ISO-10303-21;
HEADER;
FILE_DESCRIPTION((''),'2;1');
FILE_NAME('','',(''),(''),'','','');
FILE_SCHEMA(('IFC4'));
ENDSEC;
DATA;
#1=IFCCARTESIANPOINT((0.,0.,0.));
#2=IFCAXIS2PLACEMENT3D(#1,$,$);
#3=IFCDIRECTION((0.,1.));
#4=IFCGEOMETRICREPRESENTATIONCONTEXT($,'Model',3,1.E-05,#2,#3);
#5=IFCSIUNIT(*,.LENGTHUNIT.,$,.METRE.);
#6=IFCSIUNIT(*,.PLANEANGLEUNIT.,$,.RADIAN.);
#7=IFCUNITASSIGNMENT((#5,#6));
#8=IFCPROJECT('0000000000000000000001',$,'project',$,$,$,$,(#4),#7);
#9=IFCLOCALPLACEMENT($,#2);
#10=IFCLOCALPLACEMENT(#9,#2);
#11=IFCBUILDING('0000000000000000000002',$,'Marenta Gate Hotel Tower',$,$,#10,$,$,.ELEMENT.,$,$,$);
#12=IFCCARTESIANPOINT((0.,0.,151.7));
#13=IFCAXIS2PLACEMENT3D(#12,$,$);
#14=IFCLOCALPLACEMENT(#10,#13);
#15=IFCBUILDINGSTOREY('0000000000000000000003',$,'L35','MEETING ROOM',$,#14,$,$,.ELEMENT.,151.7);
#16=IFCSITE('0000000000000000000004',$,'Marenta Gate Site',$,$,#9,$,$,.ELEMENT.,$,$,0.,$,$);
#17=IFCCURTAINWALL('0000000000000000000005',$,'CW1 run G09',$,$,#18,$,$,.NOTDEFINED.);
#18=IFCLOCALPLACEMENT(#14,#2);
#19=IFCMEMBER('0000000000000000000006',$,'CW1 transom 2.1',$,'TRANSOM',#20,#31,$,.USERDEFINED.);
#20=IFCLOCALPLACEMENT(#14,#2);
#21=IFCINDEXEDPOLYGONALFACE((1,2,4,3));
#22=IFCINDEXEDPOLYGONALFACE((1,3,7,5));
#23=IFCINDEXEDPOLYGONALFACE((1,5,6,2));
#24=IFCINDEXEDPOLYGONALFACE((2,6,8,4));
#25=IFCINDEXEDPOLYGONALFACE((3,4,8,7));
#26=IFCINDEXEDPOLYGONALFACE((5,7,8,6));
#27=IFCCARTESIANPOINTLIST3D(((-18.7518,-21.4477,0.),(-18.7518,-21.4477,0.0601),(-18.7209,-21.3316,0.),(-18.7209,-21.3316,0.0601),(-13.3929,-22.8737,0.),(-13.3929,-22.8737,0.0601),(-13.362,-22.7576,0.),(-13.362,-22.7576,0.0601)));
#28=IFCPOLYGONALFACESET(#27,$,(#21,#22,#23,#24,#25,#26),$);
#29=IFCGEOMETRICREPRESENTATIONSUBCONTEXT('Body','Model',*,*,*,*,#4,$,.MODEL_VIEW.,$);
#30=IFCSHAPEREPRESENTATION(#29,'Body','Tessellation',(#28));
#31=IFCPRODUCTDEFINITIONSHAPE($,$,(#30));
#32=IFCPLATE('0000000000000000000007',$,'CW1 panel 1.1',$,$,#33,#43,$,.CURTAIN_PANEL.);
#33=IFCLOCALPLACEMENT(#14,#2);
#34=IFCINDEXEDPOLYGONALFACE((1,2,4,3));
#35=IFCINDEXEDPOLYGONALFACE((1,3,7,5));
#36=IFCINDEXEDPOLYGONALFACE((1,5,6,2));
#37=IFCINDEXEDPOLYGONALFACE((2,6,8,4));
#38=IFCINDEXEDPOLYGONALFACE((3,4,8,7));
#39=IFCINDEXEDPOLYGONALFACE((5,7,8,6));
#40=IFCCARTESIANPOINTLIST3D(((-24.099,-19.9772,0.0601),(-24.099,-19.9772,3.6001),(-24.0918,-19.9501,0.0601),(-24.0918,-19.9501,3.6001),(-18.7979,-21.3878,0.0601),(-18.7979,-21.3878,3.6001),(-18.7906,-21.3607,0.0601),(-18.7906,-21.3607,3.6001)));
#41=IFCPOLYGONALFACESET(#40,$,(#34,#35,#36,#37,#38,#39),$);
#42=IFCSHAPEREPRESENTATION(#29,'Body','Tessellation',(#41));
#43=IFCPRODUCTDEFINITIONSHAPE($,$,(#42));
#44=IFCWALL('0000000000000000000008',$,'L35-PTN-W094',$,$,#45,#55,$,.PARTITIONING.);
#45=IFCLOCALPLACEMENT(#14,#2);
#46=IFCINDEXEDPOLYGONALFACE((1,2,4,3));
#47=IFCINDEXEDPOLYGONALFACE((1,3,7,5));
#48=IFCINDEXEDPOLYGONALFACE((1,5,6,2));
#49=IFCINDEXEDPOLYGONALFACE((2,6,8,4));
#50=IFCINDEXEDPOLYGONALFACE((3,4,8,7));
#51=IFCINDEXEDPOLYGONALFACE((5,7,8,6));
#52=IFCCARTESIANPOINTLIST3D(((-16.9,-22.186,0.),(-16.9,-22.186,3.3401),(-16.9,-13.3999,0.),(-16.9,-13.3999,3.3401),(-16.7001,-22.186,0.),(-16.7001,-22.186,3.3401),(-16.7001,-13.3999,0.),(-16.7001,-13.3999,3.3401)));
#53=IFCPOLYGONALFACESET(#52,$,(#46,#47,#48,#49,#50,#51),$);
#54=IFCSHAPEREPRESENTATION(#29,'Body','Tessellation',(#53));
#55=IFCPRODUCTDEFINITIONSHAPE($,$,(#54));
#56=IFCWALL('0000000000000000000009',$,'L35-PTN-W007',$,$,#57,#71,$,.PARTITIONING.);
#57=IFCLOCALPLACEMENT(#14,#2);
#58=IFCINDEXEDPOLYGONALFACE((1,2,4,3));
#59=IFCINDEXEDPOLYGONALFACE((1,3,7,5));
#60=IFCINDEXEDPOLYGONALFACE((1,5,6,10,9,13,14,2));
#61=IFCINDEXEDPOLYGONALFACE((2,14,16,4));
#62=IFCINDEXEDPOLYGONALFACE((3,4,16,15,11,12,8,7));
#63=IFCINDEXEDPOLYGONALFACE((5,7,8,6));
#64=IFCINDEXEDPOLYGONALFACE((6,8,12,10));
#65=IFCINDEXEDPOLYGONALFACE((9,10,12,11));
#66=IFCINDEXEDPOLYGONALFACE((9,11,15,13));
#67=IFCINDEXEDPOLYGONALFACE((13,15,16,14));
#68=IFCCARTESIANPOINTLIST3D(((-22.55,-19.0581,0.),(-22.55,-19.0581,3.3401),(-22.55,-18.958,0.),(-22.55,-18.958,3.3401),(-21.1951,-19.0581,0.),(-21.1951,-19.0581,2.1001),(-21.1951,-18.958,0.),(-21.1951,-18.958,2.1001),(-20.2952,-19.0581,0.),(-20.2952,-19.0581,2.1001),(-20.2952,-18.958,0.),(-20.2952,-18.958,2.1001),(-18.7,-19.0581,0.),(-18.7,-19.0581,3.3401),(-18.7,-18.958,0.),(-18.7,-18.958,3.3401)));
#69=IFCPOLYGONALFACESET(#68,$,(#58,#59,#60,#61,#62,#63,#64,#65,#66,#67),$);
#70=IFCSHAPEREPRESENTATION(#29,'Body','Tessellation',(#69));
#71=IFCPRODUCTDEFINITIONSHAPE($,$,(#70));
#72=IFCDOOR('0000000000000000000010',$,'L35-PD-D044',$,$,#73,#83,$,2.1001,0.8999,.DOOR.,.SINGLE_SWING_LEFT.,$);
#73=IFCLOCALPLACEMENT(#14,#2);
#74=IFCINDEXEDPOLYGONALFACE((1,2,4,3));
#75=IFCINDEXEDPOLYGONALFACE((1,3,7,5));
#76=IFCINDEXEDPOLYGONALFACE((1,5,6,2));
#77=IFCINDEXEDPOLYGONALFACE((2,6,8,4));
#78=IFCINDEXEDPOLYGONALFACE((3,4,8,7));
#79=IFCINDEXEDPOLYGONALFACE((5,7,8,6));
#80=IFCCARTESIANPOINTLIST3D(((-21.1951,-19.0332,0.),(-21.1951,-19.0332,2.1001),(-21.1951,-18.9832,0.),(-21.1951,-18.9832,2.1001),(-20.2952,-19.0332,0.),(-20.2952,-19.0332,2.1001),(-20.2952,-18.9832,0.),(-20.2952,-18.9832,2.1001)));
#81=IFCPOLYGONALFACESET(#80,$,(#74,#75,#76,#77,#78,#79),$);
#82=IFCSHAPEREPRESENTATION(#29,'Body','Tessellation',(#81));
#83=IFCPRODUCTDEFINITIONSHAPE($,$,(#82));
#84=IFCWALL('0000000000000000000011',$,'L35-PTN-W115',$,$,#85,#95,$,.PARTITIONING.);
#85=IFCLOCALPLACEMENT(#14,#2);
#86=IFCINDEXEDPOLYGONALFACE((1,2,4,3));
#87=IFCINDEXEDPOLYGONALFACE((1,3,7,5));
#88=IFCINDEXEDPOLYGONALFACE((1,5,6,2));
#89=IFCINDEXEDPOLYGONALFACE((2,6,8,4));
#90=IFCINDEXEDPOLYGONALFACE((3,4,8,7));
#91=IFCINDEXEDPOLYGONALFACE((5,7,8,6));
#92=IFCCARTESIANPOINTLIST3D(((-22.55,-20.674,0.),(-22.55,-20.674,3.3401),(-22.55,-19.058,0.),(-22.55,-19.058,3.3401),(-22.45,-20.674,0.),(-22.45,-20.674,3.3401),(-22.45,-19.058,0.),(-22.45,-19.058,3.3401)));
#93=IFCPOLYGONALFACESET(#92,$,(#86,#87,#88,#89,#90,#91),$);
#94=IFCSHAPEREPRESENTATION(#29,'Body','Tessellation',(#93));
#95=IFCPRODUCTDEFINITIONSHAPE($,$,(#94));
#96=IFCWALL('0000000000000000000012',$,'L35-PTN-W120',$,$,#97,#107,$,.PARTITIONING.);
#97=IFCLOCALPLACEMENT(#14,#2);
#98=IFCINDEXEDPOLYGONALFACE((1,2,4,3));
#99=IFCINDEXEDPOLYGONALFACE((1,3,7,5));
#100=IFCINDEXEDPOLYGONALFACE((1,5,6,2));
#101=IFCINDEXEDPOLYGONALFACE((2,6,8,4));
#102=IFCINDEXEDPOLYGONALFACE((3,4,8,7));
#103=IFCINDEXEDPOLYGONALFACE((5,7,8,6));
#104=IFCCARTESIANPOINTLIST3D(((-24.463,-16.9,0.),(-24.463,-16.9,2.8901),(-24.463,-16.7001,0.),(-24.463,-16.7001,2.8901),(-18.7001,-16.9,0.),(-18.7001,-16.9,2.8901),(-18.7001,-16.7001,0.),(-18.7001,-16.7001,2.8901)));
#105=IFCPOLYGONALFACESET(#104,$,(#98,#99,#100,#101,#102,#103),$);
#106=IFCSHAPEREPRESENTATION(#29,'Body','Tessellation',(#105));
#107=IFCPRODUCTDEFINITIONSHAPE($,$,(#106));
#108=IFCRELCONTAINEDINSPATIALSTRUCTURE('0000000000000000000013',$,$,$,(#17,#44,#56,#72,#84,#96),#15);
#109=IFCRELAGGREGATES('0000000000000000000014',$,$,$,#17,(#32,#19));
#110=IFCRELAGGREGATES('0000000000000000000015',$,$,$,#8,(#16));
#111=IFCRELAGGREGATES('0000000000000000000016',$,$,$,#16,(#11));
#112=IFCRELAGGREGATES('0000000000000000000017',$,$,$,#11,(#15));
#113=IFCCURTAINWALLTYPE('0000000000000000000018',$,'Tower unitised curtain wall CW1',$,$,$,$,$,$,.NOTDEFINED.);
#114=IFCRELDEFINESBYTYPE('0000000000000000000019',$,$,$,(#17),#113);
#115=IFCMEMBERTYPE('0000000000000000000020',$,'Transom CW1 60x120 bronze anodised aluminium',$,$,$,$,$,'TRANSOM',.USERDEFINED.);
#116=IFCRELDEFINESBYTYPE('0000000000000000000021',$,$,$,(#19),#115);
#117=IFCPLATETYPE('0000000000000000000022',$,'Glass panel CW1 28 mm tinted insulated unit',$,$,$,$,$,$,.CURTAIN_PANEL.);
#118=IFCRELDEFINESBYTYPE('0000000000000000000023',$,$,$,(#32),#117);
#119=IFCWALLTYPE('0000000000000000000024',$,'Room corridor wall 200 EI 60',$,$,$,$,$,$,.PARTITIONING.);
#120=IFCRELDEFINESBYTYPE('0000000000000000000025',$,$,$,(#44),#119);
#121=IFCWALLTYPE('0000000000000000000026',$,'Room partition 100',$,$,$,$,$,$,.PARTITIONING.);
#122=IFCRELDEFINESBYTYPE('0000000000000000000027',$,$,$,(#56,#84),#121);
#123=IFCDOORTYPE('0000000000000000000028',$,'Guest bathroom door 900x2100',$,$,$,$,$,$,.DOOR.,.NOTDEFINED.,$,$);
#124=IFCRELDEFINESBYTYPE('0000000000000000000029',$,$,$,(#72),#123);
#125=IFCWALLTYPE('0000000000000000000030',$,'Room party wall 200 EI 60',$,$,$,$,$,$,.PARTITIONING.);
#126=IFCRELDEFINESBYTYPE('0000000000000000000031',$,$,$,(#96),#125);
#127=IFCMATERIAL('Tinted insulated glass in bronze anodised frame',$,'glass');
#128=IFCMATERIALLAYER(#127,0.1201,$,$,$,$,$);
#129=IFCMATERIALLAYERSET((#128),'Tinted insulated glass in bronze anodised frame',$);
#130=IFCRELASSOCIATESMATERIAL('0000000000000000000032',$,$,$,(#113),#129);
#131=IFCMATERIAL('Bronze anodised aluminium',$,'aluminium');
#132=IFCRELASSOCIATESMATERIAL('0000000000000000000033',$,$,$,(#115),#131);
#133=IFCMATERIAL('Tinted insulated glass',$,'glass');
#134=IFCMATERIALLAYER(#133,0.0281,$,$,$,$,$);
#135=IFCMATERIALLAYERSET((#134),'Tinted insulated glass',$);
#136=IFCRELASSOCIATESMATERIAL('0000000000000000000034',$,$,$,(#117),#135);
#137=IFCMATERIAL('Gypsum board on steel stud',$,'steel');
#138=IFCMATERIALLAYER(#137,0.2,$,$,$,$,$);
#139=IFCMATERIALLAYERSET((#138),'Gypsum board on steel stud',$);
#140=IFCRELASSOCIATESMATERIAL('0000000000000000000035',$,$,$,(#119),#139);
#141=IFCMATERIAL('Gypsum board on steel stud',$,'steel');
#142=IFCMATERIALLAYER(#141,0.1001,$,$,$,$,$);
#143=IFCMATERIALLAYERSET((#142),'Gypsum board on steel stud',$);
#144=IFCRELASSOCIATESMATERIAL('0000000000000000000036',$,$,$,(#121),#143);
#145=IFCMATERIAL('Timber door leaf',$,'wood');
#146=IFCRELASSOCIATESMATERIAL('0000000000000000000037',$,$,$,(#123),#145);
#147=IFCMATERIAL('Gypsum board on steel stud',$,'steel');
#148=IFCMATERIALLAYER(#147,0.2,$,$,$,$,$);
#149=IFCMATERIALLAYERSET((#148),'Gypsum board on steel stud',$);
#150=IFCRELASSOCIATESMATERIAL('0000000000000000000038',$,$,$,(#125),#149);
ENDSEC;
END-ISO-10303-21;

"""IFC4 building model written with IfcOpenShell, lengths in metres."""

from ifc_helpers import new_model, si_unit, direction, frame, frame_2d, origin, origin_2d, place, context, subcontext, project, spatial, rectangle, extrude, material, layer, layer_set, material_profile, profile_set, type_object, element, fill, aggregate, save


model = new_model("IFC4")

# Units and contexts
model_context = context("Model", 3, precision=1e-05, world=origin(), true_north=direction((0.0, 1.0)))
body_context = subcontext(model_context, "Body", "Model", "MODEL_VIEW")
ifc_project = project(units=[si_unit("LENGTHUNIT", "METRE"), si_unit("PLANEANGLEUNIT", "RADIAN")], contexts=[model_context])

# Site, building, storey
site_placement = place(None, origin())
site = spatial("IfcSite", under=ifc_project, at=site_placement, Name="Marenta Gate Site", CompositionType="ELEMENT", RefElevation=0.0)
building_placement = place(site_placement, origin())
building = spatial("IfcBuilding", under=site, at=building_placement, Name="Marenta Gate Hotel Tower", CompositionType="ELEMENT")
storey_placement = place(building_placement, frame((0.0, 0.0, 151.7)))
storey = spatial("IfcBuildingStorey", under=building, at=storey_placement, Name="L35", Description="MEETING ROOM", CompositionType="ELEMENT", Elevation=151.7)

# Curtain wall, member, plate
ifc_material_1 = material(Name="Tinted insulated glass in bronze anodised frame", Category="glass")
ifc_layer_1 = layer(ifc_material_1, 0.1201)
ifc_layer_set_1 = layer_set([ifc_layer_1], Name="Tinted insulated glass in bronze anodised frame")
curtain_wall_type = type_object("IfcCurtainWallType", Name="Tower unitised curtain wall CW1", PredefinedType="NOTDEFINED", material=ifc_layer_set_1)
curtain_wall_placement = place(storey_placement, origin())
curtain_wall = element("IfcCurtainWall", 1, at=curtain_wall_placement, inside=storey, type_object=curtain_wall_type, Name="CW1 run G09", PredefinedType="NOTDEFINED")
ifc_material_2 = material(Name="Bronze anodised aluminium", Category="aluminium")
ifc_material_profile_1 = material_profile(ifc_material_2, rectangle(XDim=0.1201, YDim=0.0601, at=origin_2d()), Name="Transom CW1 60x120 bronze anodised aluminium")
ifc_profile_set_1 = profile_set([ifc_material_profile_1], Name="Bronze anodised aluminium")
member_type_1 = type_object("IfcMemberType", Name="Transom CW1 60x120 bronze anodised aluminium", ElementType="TRANSOM", PredefinedType="USERDEFINED", material=ifc_profile_set_1)
member_1_placement = place(storey_placement, frame((-18.7363, -21.3896, 0.03), z_axis=(0.96637, -0.257156, 0.0), x_axis=(0.257156, 0.96637, 0.0)))
member_1 = element("IfcMember", 2, at=member_1_placement, type_object=member_type_1, Name="CW1 transom 2.1", ObjectType="TRANSOM", PredefinedType="USERDEFINED", context=body_context, shape_type="SweptSolid", body=[
    extrude(rectangle(XDim=0.1201, YDim=0.0601, at=origin_2d()), origin(), (0.0, 0.0, 1.0), 5.5454),
])
ifc_material_3 = material(Name="Tinted insulated glass", Category="glass")
ifc_layer_2 = layer(ifc_material_3, 0.0281)
ifc_layer_set_2 = layer_set([ifc_layer_2], Name="Tinted insulated glass")
plate_type = type_object("IfcPlateType", Name="Glass panel CW1 28 mm tinted insulated unit", PredefinedType="CURTAIN_PANEL", material=ifc_layer_set_2)
plate_placement = place(storey_placement, frame((-21.4448, -20.6689, 0.0601), z_axis=(0.0, 0.0, 1.0), x_axis=(0.966373, -0.257144, 0.0)))
plate = element("IfcPlate", 3, at=plate_placement, type_object=plate_type, Name="CW1 panel 1.1", PredefinedType="CURTAIN_PANEL", context=body_context, shape_type="SweptSolid", body=[
    extrude(rectangle(XDim=5.4856, YDim=0.0281, at=origin_2d()), origin(), (0.0, 0.0, 1.0), 3.54),
])
aggregate(curtain_wall, [plate, member_1])

# Wall
ifc_material_4 = material(Name="Gypsum board on steel stud", Category="steel")
ifc_layer_3 = layer(ifc_material_4, 0.2)
ifc_layer_set_3 = layer_set([ifc_layer_3], Name="Gypsum board on steel stud")
wall_type_1 = type_object("IfcWallType", Name="Room corridor wall 200 EI 60", PredefinedType="PARTITIONING", material=ifc_layer_set_3)
wall_1_placement = place(storey_placement, frame((-16.8, -22.186, 0.0), z_axis=(0.0, 0.0, 1.0), x_axis=(0.0, 1.0, 0.0)))
element("IfcWall", 4, at=wall_1_placement, inside=storey, type_object=wall_type_1, Name="L35-PTN-W094", PredefinedType="PARTITIONING", context=body_context, shape_type="SweptSolid", body=[
    extrude(rectangle(XDim=8.7861, YDim=0.2, at=frame_2d((4.3931, 0.0))), origin(), (0.0, 0.0, 1.0), 3.3401),
])

# Wall, opening, door
ifc_material_5 = material(Name="Gypsum board on steel stud", Category="steel")
ifc_layer_4 = layer(ifc_material_5, 0.1001)
ifc_layer_set_4 = layer_set([ifc_layer_4], Name="Gypsum board on steel stud")
wall_type_2 = type_object("IfcWallType", Name="Room partition 100", PredefinedType="PARTITIONING", material=ifc_layer_set_4)
wall_2_placement = place(storey_placement, frame((-22.55, -19.0081, 0.0), z_axis=(0.0, 0.0, 1.0), x_axis=(1.0, 0.0, 0.0)))
wall_2 = element("IfcWall", 5, at=wall_2_placement, inside=storey, type_object=wall_type_2, Name="L35-PTN-W007", PredefinedType="PARTITIONING", context=body_context, shape_type="SweptSolid", body=[
    extrude(rectangle(XDim=3.8501, YDim=0.1001, at=frame_2d((1.925, 0.0))), origin(), (0.0, 0.0, 1.0), 3.3401),
])
opening_1_placement = place(wall_2_placement, frame((1.355, 0.0, 0.0)))
opening_1 = element("IfcOpeningElement", 6, at=opening_1_placement, cuts=wall_2, PredefinedType="OPENING", context=body_context, shape_type="SweptSolid", body=[
    extrude(rectangle(XDim=0.8999, YDim=2.1001, at=frame_2d((0.45, 1.05))), frame((0.0, 0.05, 0.0), z_axis=(0.0, -1.0, 0.0), x_axis=(1.0, 0.0, 0.0)), (0.0, 0.0, 1.0), 0.1001),
])
ifc_material_6 = material(Name="Timber door leaf", Category="wood")
door_type_1 = type_object("IfcDoorType", Name="Guest bathroom door 900x2100", OperationType="NOTDEFINED", PredefinedType="DOOR", material=ifc_material_6)
door_1_placement = place(opening_1_placement, origin())
door_1 = element("IfcDoor", 7, at=door_1_placement, inside=storey, type_object=door_type_1, Name="L35-PD-D044", OperationType="SINGLE_SWING_LEFT", OverallHeight=2.1001, OverallWidth=0.8999, PredefinedType="DOOR", context=body_context, shape_type="SweptSolid", body=[
    extrude(rectangle(XDim=0.8999, YDim=2.1001, at=frame_2d((0.45, 1.05))), frame((0.0, 0.0249, 0.0), z_axis=(0.0, -1.0, 0.0), x_axis=(1.0, 0.0, 0.0)), (0.0, 0.0, 1.0), 0.05),
])
fill(opening_1, door_1)

# Walls
wall_3_placement = place(storey_placement, frame((-22.5, -20.6741, 0.0), z_axis=(0.0, 0.0, 1.0), x_axis=(0.0, 1.0, 0.0)))
element("IfcWall", 8, at=wall_3_placement, inside=storey, type_object=wall_type_2, Name="L35-PTN-W115", PredefinedType="PARTITIONING", context=body_context, shape_type="SweptSolid", body=[
    extrude(rectangle(XDim=1.616, YDim=0.1001, at=frame_2d((0.8081, 0.0))), origin(), (0.0, 0.0, 1.0), 3.3401),
])
ifc_material_7 = material(Name="Gypsum board on steel stud", Category="steel")
ifc_layer_5 = layer(ifc_material_7, 0.2)
ifc_layer_set_5 = layer_set([ifc_layer_5], Name="Gypsum board on steel stud")
wall_type_3 = type_object("IfcWallType", Name="Room party wall 200 EI 60", PredefinedType="PARTITIONING", material=ifc_layer_set_5)
wall_4_placement = place(storey_placement, frame((-24.4629, -16.8, 0.0), z_axis=(0.0, 0.0, 1.0), x_axis=(1.0, 0.0, 0.0)))
element("IfcWall", 9, at=wall_4_placement, inside=storey, type_object=wall_type_3, Name="L35-PTN-W120", PredefinedType="PARTITIONING", context=body_context, shape_type="SweptSolid", body=[
    extrude(rectangle(XDim=5.7629, YDim=0.2, at=frame_2d((2.8813, 0.0))), origin(), (0.0, 0.0, 1.0), 2.8901),
])

save(model, "model.ifc")
